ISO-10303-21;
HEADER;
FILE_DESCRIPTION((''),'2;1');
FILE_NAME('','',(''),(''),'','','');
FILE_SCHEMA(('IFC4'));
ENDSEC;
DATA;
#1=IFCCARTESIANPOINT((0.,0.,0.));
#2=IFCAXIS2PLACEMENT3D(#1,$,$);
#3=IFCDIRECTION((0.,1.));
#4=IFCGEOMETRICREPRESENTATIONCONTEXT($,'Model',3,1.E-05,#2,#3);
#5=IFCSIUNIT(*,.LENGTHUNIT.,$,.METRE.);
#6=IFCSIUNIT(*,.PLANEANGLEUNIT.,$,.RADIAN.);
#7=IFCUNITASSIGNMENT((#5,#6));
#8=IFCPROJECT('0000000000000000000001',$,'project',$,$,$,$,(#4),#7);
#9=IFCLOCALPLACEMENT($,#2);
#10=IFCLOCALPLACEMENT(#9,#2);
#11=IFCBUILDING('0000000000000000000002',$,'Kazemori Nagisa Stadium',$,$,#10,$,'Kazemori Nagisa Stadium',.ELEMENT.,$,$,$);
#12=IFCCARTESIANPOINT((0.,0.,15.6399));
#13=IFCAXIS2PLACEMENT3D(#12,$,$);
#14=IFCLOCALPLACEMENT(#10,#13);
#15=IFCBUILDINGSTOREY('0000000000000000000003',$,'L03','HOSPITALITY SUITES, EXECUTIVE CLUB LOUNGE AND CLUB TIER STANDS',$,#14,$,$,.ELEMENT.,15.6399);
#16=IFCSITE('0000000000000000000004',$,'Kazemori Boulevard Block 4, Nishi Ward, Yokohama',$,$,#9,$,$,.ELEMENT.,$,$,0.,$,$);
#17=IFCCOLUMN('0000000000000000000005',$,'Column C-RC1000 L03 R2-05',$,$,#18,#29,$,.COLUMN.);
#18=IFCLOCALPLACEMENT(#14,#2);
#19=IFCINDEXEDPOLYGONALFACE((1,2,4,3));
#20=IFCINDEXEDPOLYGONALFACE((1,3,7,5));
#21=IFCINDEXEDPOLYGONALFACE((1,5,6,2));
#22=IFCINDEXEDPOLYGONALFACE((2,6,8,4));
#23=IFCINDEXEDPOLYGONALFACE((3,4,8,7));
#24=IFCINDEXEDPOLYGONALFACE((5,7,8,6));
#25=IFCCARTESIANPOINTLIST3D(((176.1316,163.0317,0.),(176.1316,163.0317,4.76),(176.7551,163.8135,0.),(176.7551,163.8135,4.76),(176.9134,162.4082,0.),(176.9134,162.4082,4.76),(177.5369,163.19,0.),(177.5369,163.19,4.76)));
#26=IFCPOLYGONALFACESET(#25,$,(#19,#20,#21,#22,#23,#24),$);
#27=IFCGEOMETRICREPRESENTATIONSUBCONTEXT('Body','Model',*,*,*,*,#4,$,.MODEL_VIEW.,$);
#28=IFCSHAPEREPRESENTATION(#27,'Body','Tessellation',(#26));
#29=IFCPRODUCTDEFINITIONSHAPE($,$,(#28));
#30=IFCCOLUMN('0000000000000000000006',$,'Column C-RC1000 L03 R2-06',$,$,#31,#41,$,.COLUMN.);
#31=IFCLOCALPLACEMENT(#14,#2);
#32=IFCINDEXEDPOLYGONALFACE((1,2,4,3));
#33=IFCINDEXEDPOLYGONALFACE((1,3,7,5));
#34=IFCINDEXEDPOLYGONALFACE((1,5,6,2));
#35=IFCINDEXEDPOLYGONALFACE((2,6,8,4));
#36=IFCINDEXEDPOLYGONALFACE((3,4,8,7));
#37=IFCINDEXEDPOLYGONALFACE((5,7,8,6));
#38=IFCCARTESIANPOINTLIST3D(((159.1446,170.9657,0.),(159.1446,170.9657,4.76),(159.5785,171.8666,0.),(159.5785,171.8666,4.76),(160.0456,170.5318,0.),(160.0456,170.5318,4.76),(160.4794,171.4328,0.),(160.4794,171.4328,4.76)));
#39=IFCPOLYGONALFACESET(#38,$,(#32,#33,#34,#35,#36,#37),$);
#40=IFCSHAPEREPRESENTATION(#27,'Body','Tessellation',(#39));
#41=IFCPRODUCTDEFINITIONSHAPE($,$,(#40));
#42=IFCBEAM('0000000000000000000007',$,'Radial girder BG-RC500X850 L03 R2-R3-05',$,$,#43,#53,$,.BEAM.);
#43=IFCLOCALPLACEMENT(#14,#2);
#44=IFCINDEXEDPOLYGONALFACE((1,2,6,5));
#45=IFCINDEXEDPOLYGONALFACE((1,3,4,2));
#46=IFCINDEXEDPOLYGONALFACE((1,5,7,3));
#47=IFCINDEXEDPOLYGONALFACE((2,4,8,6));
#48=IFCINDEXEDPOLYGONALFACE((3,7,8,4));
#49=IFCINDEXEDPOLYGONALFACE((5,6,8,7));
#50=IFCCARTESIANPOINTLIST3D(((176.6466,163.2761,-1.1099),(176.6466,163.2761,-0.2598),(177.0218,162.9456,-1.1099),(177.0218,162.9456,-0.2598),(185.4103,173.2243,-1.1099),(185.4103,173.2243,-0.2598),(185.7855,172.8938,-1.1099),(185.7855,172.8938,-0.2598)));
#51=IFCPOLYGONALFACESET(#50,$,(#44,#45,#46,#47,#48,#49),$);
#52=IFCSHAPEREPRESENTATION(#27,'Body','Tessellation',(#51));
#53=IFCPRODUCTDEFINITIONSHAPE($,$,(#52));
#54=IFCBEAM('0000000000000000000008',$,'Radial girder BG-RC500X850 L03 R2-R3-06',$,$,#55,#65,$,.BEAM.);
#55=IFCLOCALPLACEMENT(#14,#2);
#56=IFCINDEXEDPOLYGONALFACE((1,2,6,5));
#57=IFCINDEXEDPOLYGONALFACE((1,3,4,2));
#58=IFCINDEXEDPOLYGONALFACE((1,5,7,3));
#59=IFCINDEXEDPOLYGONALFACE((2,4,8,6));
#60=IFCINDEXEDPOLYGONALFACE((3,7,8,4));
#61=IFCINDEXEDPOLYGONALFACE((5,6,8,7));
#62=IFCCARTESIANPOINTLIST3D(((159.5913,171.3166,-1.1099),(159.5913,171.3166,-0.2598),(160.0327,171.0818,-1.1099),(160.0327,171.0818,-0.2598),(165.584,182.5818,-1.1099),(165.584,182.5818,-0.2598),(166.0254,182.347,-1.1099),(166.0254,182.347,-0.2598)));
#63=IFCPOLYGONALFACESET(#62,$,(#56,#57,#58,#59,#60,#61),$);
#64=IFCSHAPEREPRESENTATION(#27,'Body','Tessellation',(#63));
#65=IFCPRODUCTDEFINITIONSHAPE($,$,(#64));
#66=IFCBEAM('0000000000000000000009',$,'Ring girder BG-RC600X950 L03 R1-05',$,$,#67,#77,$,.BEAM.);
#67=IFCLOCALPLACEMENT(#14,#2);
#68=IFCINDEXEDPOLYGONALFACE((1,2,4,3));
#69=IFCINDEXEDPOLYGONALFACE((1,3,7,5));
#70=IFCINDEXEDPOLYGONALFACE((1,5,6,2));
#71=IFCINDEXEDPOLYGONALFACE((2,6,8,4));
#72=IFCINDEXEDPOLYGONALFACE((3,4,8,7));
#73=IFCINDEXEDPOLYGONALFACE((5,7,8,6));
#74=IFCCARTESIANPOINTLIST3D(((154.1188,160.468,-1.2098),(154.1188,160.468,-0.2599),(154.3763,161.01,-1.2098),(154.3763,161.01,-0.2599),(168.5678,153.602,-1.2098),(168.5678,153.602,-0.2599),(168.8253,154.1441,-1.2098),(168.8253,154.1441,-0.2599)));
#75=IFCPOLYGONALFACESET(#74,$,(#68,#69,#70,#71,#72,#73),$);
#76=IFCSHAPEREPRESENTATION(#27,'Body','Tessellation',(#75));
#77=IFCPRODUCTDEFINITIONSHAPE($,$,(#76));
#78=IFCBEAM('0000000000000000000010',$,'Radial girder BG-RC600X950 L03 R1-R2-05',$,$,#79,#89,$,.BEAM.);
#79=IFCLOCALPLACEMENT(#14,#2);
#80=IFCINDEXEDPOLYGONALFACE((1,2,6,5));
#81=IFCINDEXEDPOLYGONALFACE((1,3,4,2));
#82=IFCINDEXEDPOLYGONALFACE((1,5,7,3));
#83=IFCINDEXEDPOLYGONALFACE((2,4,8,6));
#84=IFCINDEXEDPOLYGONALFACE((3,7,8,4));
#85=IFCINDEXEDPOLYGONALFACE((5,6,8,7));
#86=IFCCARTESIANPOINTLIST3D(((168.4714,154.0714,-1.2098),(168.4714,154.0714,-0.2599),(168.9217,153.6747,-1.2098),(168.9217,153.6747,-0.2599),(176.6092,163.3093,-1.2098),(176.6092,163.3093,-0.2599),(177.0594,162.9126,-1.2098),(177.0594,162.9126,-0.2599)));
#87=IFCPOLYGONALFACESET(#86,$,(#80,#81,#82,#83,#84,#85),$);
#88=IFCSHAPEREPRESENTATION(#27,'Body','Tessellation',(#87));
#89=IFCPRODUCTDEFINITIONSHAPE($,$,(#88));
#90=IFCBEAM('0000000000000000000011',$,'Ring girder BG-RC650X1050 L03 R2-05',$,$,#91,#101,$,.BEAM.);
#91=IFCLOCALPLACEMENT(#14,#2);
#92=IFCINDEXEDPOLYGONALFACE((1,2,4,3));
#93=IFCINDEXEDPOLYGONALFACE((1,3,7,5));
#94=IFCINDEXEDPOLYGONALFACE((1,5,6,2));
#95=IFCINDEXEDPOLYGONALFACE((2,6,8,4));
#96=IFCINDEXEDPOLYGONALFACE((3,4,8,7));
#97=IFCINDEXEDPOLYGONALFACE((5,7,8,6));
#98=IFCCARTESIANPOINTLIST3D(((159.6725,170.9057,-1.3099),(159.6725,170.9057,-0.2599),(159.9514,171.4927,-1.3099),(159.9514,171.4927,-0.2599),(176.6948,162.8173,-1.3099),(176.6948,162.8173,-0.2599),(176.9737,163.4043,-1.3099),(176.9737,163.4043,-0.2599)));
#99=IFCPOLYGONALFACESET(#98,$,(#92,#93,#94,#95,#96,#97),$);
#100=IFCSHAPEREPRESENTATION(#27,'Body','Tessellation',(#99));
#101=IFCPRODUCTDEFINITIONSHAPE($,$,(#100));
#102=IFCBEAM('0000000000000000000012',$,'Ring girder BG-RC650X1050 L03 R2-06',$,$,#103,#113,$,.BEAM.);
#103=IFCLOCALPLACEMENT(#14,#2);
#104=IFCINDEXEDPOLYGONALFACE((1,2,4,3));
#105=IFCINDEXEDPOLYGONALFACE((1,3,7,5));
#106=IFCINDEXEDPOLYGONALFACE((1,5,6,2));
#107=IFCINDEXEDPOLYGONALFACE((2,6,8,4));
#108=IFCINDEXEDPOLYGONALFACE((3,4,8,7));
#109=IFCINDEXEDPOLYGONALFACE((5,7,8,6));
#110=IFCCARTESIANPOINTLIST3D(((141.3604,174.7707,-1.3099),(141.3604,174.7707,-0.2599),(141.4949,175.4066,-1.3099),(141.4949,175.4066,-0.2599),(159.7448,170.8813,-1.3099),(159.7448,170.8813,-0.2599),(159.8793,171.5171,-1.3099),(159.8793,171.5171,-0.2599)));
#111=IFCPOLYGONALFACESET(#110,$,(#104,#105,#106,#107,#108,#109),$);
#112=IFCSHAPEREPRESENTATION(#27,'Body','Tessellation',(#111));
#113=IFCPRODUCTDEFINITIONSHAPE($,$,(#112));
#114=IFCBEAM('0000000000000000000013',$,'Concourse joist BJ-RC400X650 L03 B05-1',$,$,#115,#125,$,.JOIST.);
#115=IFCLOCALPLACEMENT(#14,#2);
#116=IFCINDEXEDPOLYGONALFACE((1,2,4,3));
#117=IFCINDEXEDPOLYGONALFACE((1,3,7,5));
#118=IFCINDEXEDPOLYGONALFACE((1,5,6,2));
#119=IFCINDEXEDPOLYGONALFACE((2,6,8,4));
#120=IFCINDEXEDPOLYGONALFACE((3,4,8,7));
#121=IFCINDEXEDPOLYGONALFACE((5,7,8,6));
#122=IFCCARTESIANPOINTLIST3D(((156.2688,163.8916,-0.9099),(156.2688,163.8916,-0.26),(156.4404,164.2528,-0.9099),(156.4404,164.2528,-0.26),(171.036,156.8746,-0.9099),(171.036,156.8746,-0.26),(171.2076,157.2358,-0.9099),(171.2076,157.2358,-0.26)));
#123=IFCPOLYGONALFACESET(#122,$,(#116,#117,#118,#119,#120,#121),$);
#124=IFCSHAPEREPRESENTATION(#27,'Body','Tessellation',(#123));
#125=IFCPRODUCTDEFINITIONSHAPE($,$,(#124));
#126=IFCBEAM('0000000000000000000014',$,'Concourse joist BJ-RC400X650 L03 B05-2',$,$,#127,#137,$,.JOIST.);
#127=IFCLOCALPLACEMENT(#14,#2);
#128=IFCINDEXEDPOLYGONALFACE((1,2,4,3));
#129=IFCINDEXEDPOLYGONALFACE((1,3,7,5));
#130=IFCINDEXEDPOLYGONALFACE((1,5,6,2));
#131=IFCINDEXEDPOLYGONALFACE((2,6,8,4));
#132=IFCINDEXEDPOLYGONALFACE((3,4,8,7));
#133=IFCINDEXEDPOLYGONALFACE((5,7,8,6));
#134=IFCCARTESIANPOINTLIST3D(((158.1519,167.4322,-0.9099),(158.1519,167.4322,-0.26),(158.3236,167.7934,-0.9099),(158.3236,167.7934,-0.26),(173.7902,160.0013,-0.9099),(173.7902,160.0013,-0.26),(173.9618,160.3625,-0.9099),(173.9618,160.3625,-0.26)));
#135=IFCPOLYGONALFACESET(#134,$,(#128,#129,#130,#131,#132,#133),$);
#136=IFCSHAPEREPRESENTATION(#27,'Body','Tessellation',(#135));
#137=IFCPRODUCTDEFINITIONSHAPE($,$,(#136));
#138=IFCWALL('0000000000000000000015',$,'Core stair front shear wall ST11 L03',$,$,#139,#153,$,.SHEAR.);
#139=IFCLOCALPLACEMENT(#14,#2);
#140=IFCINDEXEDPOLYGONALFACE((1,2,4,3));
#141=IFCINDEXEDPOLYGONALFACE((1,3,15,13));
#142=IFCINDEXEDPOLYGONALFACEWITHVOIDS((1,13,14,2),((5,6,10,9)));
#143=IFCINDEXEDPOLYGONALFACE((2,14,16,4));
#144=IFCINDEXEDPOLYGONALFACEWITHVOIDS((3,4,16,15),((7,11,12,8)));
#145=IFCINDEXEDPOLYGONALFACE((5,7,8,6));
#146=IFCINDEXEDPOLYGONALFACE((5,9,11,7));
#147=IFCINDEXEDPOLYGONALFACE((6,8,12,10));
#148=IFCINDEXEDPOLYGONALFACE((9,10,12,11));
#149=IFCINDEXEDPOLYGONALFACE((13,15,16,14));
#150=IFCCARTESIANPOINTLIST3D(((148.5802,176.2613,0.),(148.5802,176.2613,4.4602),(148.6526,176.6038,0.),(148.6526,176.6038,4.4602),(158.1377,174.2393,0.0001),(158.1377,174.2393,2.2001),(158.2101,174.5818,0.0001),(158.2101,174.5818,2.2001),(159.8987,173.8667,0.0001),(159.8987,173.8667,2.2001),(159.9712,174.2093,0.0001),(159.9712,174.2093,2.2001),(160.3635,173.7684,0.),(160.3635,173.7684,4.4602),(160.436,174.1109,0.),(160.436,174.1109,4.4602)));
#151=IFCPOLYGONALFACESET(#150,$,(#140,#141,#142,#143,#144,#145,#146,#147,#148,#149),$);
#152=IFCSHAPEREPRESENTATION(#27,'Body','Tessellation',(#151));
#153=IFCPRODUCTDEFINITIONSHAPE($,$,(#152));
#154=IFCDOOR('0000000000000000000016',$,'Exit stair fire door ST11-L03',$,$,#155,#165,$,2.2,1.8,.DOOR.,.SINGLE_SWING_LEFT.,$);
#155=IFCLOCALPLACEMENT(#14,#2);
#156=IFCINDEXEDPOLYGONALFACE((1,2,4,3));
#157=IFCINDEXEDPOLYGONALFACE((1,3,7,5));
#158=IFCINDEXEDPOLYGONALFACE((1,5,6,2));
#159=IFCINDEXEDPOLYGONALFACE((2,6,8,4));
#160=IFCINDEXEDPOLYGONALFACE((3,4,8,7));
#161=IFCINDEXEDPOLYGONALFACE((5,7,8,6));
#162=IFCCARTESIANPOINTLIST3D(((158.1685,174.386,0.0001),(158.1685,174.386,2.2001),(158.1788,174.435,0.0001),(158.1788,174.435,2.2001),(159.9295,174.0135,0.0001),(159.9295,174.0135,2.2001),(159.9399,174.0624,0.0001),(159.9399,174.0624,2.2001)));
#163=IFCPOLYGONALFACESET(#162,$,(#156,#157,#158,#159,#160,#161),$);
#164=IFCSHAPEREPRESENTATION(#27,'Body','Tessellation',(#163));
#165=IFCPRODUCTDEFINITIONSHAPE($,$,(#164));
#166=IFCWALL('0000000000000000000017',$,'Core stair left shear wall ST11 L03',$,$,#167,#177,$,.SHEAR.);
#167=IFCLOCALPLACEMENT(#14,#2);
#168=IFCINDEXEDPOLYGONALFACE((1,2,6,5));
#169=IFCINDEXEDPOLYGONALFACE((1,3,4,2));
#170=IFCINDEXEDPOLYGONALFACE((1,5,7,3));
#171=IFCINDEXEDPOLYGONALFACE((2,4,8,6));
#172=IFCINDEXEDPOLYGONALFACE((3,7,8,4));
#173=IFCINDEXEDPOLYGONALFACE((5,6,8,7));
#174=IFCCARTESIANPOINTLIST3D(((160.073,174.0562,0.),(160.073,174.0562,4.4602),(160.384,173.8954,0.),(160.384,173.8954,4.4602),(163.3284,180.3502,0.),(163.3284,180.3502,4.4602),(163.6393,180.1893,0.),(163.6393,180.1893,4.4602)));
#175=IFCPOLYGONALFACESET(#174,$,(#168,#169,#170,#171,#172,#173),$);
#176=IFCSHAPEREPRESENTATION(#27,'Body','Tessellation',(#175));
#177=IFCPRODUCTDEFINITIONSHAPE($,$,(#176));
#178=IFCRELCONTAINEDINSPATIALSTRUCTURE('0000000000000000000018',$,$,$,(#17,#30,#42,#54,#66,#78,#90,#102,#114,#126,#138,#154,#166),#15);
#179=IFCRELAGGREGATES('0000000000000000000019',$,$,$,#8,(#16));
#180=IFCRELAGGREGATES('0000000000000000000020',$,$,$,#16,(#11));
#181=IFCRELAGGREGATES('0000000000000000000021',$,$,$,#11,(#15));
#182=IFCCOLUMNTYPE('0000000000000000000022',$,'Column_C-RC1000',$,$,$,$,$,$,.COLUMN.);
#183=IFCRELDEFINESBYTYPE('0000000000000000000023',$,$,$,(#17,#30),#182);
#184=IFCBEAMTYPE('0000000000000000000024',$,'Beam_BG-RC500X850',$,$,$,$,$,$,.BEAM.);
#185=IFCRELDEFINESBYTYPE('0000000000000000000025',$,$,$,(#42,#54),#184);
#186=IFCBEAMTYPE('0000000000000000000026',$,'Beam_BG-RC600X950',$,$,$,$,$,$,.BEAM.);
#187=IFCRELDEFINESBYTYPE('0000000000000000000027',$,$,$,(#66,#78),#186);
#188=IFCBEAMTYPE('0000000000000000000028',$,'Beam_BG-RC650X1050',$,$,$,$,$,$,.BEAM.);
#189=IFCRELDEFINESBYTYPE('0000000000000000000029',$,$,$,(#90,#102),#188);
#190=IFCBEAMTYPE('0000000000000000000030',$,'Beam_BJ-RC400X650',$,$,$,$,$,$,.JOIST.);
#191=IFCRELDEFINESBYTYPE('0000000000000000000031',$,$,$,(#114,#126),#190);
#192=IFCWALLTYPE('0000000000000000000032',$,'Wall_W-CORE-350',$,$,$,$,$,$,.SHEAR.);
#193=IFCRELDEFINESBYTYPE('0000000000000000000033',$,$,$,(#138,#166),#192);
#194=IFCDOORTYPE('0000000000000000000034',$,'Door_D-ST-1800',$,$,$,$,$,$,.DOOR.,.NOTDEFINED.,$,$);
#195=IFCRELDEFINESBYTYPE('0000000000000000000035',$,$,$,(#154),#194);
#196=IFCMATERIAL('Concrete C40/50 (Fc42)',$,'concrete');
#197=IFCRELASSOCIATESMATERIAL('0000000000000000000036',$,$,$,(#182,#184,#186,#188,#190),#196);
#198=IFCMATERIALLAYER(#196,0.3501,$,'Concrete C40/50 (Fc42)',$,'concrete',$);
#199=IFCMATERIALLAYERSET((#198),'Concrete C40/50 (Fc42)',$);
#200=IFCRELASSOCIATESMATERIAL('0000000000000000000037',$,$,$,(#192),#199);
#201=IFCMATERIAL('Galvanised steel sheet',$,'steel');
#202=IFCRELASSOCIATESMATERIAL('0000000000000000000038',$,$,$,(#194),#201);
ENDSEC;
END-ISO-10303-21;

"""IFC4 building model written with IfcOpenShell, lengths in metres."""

from ifc_helpers import new_model, si_unit, direction, frame, frame_2d, origin, origin_2d, place, context, subcontext, project, spatial, rectangle, extrude, material, layer, layer_set, material_profile, profile_set, type_object, element, fill, save


model = new_model("IFC4")

# Units and contexts
model_context = context("Model", 3, precision=1e-05, world=origin(), true_north=direction((0.0, 1.0)))
body_context = subcontext(model_context, "Body", "Model", "MODEL_VIEW")
ifc_project = project(units=[si_unit("LENGTHUNIT", "METRE"), si_unit("PLANEANGLEUNIT", "RADIAN")], contexts=[model_context])

# Site, building, storey
site_placement = place(None, origin())
site = spatial("IfcSite", under=ifc_project, at=site_placement, Name="Kazemori Boulevard Block 4, Nishi Ward, Yokohama", CompositionType="ELEMENT", RefElevation=0.0)
building_placement = place(site_placement, origin())
building = spatial("IfcBuilding", under=site, at=building_placement, Name="Kazemori Nagisa Stadium", LongName="Kazemori Nagisa Stadium", CompositionType="ELEMENT")
storey_placement = place(building_placement, frame((0.0, 0.0, 15.6399)))
storey = spatial("IfcBuildingStorey", under=building, at=storey_placement, Name="L03", Description="HOSPITALITY SUITES, EXECUTIVE CLUB LOUNGE AND CLUB TIER STANDS", CompositionType="ELEMENT", Elevation=15.6399)

# Columns
ifc_material_1 = material(Name="Concrete C40/50 (Fc42)", Category="concrete")
ifc_material_profile_1 = material_profile(ifc_material_1, rectangle(XDim=1.0, YDim=1.0, at=origin_2d()), Name="RC-COL-1000x1000")
ifc_profile_set_1 = profile_set([ifc_material_profile_1], Name="Concrete C40/50 (Fc42)")
column_type_1 = type_object("IfcColumnType", Name="Column_C-RC1000", PredefinedType="COLUMN", material=ifc_profile_set_1)
for number, where, z_axis, x_axis, name in (
    (1, (176.8342, 163.1108, 0.0), (0.0, 0.0, 1.0), (0.62349, 0.781831, 0.0), "Column C-RC1000 L03 R2-05"),
    (2, (159.812, 171.1992, 0.0), (0.0, 0.0, 1.0), (0.433884, 0.900969, 0.0), "Column C-RC1000 L03 R2-06"),
):
    element("IfcColumn", number, at=place(storey_placement, frame(where, z_axis=z_axis, x_axis=x_axis)), inside=storey, type_object=column_type_1, Name=name, PredefinedType="COLUMN", context=body_context, shape_type="SweptSolid", body=[
        extrude(rectangle(XDim=1.0, YDim=1.0, at=origin_2d()), origin(), (0.0, 0.0, 1.0), 4.76),
    ])

# Beams
ifc_material_profile_2 = material_profile(ifc_material_1, rectangle(XDim=0.5, YDim=0.8501, at=origin_2d()), Name="RC-BM-500x850")
ifc_profile_set_2 = profile_set([ifc_material_profile_2], Name="Concrete C40/50 (Fc42)")
beam_type_1 = type_object("IfcBeamType", Name="Beam_BG-RC500X850", PredefinedType="BEAM", material=ifc_profile_set_2)
beam_1_placement = place(storey_placement, frame((176.8342, 163.1108, -0.6848), z_axis=(0.66102, 0.750369, 0.0), x_axis=(-0.750369, 0.66102, 0.0)))
element("IfcBeam", 3, at=beam_1_placement, inside=storey, type_object=beam_type_1, Name="Radial girder BG-RC500X850 L03 R2-R3-05", PredefinedType="BEAM", context=body_context, shape_type="SweptSolid", body=[
    extrude(rectangle(XDim=0.5, YDim=0.8501, at=origin_2d()), origin(), (0.0, 0.0, 1.0), 13.2578),
])
beam_2_placement = place(storey_placement, frame((159.812, 171.1992, -0.6848), z_axis=(0.469649, 0.882853, 0.0), x_axis=(-0.882853, 0.469649, 0.0)))
element("IfcBeam", 4, at=beam_2_placement, inside=storey, type_object=beam_type_1, Name="Radial girder BG-RC500X850 L03 R2-R3-06", PredefinedType="BEAM", context=body_context, shape_type="SweptSolid", body=[
    extrude(rectangle(XDim=0.5, YDim=0.8501, at=origin_2d()), origin(), (0.0, 0.0, 1.0), 12.76),
])
ifc_material_profile_3 = material_profile(ifc_material_1, rectangle(XDim=0.6001, YDim=0.95, at=origin_2d()), Name="RC-BM-600x950")
ifc_profile_set_3 = profile_set([ifc_material_profile_3], Name="Concrete C40/50 (Fc42)")
beam_type_2 = type_object("IfcBeamType", Name="Beam_BG-RC600X950", PredefinedType="BEAM", material=ifc_profile_set_3)
beam_3_placement = place(storey_placement, frame((168.6965, 153.873, -0.7349), z_axis=(-0.903212, 0.429195, 0.0), x_axis=(-0.429195, -0.903212, 0.0)))
element("IfcBeam", 5, at=beam_3_placement, inside=storey, type_object=beam_type_2, Name="Ring girder BG-RC600X950 L03 R1-05", PredefinedType="BEAM", context=body_context, shape_type="SweptSolid", body=[
    extrude(rectangle(XDim=0.6001, YDim=0.95, at=origin_2d()), origin(), (0.0, 0.0, 1.0), 15.9973),
])
beam_4_placement = place(storey_placement, frame((168.6965, 153.873, -0.7349), z_axis=(0.661014, 0.750374, 0.0), x_axis=(-0.750374, 0.661014, 0.0)))
element("IfcBeam", 6, at=beam_4_placement, inside=storey, type_object=beam_type_2, Name="Radial girder BG-RC600X950 L03 R1-R2-05", PredefinedType="BEAM", context=body_context, shape_type="SweptSolid", body=[
    extrude(rectangle(XDim=0.6001, YDim=0.95, at=origin_2d()), origin(), (0.0, 0.0, 1.0), 12.311),
])
ifc_material_profile_4 = material_profile(ifc_material_1, rectangle(XDim=0.6499, YDim=1.05, at=origin_2d()), Name="RC-BM-650x1050")
ifc_profile_set_4 = profile_set([ifc_material_profile_4], Name="Concrete C40/50 (Fc42)")
beam_type_3 = type_object("IfcBeamType", Name="Beam_BG-RC650X1050", PredefinedType="BEAM", material=ifc_profile_set_4)
beam_5_placement = place(storey_placement, frame((176.8342, 163.1108, -0.7849), z_axis=(-0.903219, 0.429179, 0.0), x_axis=(-0.429179, -0.903219, 0.0)))
element("IfcBeam", 7, at=beam_5_placement, inside=storey, type_object=beam_type_3, Name="Ring girder BG-RC650X1050 L03 R2-05", PredefinedType="BEAM", context=body_context, shape_type="SweptSolid", body=[
    extrude(rectangle(XDim=0.6499, YDim=1.05, at=origin_2d()), origin(), (0.0, 0.0, 1.0), 18.8462),
])
beam_6_placement = place(storey_placement, frame((159.812, 171.1992, -0.7849), z_axis=(-0.978345, 0.20698, 0.0), x_axis=(-0.20698, -0.978345, 0.0)))
element("IfcBeam", 8, at=beam_6_placement, inside=storey, type_object=beam_type_3, Name="Ring girder BG-RC650X1050 L03 R2-06", PredefinedType="BEAM", context=body_context, shape_type="SweptSolid", body=[
    extrude(rectangle(XDim=0.6499, YDim=1.05, at=origin_2d()), origin(), (0.0, 0.0, 1.0), 18.7913),
])
ifc_material_profile_5 = material_profile(ifc_material_1, rectangle(XDim=0.3999, YDim=0.6499, at=origin_2d()), Name="RC-BM-400x650")
ifc_profile_set_5 = profile_set([ifc_material_profile_5], Name="Concrete C40/50 (Fc42)")
beam_type_4 = type_object("IfcBeamType", Name="Beam_BJ-RC400X650", PredefinedType="JOIST", material=ifc_profile_set_5)
beam_7_placement = place(storey_placement, frame((171.1218, 157.0552, -0.585), z_axis=(-0.903216, 0.429187, 0.0), x_axis=(-0.429187, -0.903216, 0.0)))
element("IfcBeam", 9, at=beam_7_placement, inside=storey, type_object=beam_type_4, Name="Concourse joist BJ-RC400X650 L03 B05-1", PredefinedType="JOIST", context=body_context, shape_type="SweptSolid", body=[
    extrude(rectangle(XDim=0.3999, YDim=0.6499, at=origin_2d()), origin(), (0.0, 0.0, 1.0), 16.3496),
])
beam_8_placement = place(storey_placement, frame((173.876, 160.1819, -0.585), z_axis=(-0.903215, 0.429187, 0.0), x_axis=(-0.429187, -0.903215, 0.0)))
element("IfcBeam", 10, at=beam_8_placement, inside=storey, type_object=beam_type_4, Name="Concourse joist BJ-RC400X650 L03 B05-2", PredefinedType="JOIST", context=body_context, shape_type="SweptSolid", body=[
    extrude(rectangle(XDim=0.3999, YDim=0.6499, at=origin_2d()), origin(), (0.0, 0.0, 1.0), 17.314),
])

# Wall, opening, door
ifc_layer_1 = layer(ifc_material_1, 0.3501, Name="Concrete C40/50 (Fc42)", Category="concrete")
ifc_layer_set_1 = layer_set([ifc_layer_1], Name="Concrete C40/50 (Fc42)")
wall_type_1 = type_object("IfcWallType", Name="Wall_W-CORE-350", PredefinedType="SHEAR", material=ifc_layer_set_1)
wall_1_placement = place(storey_placement, frame((160.3997, 173.9397, 0.0), z_axis=(0.0, 0.0, 1.0), x_axis=(-0.978345, 0.20698, 0.0)))
wall_1 = element("IfcWall", 11, at=wall_1_placement, inside=storey, type_object=wall_type_1, Name="Core stair front shear wall ST11 L03", PredefinedType="SHEAR", context=body_context, shape_type="SweptSolid", body=[
    extrude(rectangle(XDim=12.0442, YDim=0.3501, at=frame_2d((6.022, 0.0))), origin(), (0.0, 0.0, 1.0), 4.4602),
])
opening_1_placement = place(wall_1_placement, frame((0.4751, 0.0, 0.0)))
opening_1 = element("IfcOpeningElement", 12, at=opening_1_placement, cuts=wall_1, PredefinedType="OPENING", context=body_context, shape_type="SweptSolid", body=[
    extrude(rectangle(XDim=1.8, YDim=2.2, at=frame_2d((0.8999, 1.1001))), frame((0.0, 0.1851, 0.0), z_axis=(0.0, -1.0, 0.0), x_axis=(1.0, 0.0, 0.0)), (0.0, 0.0, 1.0), 0.3701),
])
ifc_material_2 = material(Name="Galvanised steel sheet", Category="steel")
door_type_1 = type_object("IfcDoorType", Name="Door_D-ST-1800", OperationType="NOTDEFINED", PredefinedType="DOOR", material=ifc_material_2)
door_1_placement = place(opening_1_placement, frame((1.8, 0.0, 0.0), z_axis=(0.0, 0.0, 1.0), x_axis=(-1.0, 0.0, 0.0)))
door_1 = element("IfcDoor", 13, at=door_1_placement, inside=storey, type_object=door_type_1, Name="Exit stair fire door ST11-L03", OperationType="SINGLE_SWING_LEFT", OverallHeight=2.2, OverallWidth=1.8, PredefinedType="DOOR", context=body_context, shape_type="SweptSolid", body=[
    extrude(rectangle(XDim=1.8, YDim=2.2, at=frame_2d((0.8999, 1.1001))), frame((0.0, 0.0249, 0.0), z_axis=(0.0, -1.0, 0.0), x_axis=(1.0, 0.0, 0.0)), (0.0, 0.0, 1.0), 0.05),
])
fill(opening_1, door_1)

# Wall
wall_2_placement = place(storey_placement, frame((160.2285, 173.9758, 0.0), z_axis=(0.0, 0.0, 1.0), x_axis=(0.45941, 0.888224, 0.0)))
element("IfcWall", 14, at=wall_2_placement, inside=storey, type_object=wall_type_1, Name="Core stair left shear wall ST11 L03", PredefinedType="SHEAR", context=body_context, shape_type="SweptSolid", body=[
    extrude(rectangle(XDim=7.0859, YDim=0.3501, at=frame_2d((3.543, 0.0))), origin(), (0.0, 0.0, 1.0), 4.4602),
])

save(model, "model.ifc")
